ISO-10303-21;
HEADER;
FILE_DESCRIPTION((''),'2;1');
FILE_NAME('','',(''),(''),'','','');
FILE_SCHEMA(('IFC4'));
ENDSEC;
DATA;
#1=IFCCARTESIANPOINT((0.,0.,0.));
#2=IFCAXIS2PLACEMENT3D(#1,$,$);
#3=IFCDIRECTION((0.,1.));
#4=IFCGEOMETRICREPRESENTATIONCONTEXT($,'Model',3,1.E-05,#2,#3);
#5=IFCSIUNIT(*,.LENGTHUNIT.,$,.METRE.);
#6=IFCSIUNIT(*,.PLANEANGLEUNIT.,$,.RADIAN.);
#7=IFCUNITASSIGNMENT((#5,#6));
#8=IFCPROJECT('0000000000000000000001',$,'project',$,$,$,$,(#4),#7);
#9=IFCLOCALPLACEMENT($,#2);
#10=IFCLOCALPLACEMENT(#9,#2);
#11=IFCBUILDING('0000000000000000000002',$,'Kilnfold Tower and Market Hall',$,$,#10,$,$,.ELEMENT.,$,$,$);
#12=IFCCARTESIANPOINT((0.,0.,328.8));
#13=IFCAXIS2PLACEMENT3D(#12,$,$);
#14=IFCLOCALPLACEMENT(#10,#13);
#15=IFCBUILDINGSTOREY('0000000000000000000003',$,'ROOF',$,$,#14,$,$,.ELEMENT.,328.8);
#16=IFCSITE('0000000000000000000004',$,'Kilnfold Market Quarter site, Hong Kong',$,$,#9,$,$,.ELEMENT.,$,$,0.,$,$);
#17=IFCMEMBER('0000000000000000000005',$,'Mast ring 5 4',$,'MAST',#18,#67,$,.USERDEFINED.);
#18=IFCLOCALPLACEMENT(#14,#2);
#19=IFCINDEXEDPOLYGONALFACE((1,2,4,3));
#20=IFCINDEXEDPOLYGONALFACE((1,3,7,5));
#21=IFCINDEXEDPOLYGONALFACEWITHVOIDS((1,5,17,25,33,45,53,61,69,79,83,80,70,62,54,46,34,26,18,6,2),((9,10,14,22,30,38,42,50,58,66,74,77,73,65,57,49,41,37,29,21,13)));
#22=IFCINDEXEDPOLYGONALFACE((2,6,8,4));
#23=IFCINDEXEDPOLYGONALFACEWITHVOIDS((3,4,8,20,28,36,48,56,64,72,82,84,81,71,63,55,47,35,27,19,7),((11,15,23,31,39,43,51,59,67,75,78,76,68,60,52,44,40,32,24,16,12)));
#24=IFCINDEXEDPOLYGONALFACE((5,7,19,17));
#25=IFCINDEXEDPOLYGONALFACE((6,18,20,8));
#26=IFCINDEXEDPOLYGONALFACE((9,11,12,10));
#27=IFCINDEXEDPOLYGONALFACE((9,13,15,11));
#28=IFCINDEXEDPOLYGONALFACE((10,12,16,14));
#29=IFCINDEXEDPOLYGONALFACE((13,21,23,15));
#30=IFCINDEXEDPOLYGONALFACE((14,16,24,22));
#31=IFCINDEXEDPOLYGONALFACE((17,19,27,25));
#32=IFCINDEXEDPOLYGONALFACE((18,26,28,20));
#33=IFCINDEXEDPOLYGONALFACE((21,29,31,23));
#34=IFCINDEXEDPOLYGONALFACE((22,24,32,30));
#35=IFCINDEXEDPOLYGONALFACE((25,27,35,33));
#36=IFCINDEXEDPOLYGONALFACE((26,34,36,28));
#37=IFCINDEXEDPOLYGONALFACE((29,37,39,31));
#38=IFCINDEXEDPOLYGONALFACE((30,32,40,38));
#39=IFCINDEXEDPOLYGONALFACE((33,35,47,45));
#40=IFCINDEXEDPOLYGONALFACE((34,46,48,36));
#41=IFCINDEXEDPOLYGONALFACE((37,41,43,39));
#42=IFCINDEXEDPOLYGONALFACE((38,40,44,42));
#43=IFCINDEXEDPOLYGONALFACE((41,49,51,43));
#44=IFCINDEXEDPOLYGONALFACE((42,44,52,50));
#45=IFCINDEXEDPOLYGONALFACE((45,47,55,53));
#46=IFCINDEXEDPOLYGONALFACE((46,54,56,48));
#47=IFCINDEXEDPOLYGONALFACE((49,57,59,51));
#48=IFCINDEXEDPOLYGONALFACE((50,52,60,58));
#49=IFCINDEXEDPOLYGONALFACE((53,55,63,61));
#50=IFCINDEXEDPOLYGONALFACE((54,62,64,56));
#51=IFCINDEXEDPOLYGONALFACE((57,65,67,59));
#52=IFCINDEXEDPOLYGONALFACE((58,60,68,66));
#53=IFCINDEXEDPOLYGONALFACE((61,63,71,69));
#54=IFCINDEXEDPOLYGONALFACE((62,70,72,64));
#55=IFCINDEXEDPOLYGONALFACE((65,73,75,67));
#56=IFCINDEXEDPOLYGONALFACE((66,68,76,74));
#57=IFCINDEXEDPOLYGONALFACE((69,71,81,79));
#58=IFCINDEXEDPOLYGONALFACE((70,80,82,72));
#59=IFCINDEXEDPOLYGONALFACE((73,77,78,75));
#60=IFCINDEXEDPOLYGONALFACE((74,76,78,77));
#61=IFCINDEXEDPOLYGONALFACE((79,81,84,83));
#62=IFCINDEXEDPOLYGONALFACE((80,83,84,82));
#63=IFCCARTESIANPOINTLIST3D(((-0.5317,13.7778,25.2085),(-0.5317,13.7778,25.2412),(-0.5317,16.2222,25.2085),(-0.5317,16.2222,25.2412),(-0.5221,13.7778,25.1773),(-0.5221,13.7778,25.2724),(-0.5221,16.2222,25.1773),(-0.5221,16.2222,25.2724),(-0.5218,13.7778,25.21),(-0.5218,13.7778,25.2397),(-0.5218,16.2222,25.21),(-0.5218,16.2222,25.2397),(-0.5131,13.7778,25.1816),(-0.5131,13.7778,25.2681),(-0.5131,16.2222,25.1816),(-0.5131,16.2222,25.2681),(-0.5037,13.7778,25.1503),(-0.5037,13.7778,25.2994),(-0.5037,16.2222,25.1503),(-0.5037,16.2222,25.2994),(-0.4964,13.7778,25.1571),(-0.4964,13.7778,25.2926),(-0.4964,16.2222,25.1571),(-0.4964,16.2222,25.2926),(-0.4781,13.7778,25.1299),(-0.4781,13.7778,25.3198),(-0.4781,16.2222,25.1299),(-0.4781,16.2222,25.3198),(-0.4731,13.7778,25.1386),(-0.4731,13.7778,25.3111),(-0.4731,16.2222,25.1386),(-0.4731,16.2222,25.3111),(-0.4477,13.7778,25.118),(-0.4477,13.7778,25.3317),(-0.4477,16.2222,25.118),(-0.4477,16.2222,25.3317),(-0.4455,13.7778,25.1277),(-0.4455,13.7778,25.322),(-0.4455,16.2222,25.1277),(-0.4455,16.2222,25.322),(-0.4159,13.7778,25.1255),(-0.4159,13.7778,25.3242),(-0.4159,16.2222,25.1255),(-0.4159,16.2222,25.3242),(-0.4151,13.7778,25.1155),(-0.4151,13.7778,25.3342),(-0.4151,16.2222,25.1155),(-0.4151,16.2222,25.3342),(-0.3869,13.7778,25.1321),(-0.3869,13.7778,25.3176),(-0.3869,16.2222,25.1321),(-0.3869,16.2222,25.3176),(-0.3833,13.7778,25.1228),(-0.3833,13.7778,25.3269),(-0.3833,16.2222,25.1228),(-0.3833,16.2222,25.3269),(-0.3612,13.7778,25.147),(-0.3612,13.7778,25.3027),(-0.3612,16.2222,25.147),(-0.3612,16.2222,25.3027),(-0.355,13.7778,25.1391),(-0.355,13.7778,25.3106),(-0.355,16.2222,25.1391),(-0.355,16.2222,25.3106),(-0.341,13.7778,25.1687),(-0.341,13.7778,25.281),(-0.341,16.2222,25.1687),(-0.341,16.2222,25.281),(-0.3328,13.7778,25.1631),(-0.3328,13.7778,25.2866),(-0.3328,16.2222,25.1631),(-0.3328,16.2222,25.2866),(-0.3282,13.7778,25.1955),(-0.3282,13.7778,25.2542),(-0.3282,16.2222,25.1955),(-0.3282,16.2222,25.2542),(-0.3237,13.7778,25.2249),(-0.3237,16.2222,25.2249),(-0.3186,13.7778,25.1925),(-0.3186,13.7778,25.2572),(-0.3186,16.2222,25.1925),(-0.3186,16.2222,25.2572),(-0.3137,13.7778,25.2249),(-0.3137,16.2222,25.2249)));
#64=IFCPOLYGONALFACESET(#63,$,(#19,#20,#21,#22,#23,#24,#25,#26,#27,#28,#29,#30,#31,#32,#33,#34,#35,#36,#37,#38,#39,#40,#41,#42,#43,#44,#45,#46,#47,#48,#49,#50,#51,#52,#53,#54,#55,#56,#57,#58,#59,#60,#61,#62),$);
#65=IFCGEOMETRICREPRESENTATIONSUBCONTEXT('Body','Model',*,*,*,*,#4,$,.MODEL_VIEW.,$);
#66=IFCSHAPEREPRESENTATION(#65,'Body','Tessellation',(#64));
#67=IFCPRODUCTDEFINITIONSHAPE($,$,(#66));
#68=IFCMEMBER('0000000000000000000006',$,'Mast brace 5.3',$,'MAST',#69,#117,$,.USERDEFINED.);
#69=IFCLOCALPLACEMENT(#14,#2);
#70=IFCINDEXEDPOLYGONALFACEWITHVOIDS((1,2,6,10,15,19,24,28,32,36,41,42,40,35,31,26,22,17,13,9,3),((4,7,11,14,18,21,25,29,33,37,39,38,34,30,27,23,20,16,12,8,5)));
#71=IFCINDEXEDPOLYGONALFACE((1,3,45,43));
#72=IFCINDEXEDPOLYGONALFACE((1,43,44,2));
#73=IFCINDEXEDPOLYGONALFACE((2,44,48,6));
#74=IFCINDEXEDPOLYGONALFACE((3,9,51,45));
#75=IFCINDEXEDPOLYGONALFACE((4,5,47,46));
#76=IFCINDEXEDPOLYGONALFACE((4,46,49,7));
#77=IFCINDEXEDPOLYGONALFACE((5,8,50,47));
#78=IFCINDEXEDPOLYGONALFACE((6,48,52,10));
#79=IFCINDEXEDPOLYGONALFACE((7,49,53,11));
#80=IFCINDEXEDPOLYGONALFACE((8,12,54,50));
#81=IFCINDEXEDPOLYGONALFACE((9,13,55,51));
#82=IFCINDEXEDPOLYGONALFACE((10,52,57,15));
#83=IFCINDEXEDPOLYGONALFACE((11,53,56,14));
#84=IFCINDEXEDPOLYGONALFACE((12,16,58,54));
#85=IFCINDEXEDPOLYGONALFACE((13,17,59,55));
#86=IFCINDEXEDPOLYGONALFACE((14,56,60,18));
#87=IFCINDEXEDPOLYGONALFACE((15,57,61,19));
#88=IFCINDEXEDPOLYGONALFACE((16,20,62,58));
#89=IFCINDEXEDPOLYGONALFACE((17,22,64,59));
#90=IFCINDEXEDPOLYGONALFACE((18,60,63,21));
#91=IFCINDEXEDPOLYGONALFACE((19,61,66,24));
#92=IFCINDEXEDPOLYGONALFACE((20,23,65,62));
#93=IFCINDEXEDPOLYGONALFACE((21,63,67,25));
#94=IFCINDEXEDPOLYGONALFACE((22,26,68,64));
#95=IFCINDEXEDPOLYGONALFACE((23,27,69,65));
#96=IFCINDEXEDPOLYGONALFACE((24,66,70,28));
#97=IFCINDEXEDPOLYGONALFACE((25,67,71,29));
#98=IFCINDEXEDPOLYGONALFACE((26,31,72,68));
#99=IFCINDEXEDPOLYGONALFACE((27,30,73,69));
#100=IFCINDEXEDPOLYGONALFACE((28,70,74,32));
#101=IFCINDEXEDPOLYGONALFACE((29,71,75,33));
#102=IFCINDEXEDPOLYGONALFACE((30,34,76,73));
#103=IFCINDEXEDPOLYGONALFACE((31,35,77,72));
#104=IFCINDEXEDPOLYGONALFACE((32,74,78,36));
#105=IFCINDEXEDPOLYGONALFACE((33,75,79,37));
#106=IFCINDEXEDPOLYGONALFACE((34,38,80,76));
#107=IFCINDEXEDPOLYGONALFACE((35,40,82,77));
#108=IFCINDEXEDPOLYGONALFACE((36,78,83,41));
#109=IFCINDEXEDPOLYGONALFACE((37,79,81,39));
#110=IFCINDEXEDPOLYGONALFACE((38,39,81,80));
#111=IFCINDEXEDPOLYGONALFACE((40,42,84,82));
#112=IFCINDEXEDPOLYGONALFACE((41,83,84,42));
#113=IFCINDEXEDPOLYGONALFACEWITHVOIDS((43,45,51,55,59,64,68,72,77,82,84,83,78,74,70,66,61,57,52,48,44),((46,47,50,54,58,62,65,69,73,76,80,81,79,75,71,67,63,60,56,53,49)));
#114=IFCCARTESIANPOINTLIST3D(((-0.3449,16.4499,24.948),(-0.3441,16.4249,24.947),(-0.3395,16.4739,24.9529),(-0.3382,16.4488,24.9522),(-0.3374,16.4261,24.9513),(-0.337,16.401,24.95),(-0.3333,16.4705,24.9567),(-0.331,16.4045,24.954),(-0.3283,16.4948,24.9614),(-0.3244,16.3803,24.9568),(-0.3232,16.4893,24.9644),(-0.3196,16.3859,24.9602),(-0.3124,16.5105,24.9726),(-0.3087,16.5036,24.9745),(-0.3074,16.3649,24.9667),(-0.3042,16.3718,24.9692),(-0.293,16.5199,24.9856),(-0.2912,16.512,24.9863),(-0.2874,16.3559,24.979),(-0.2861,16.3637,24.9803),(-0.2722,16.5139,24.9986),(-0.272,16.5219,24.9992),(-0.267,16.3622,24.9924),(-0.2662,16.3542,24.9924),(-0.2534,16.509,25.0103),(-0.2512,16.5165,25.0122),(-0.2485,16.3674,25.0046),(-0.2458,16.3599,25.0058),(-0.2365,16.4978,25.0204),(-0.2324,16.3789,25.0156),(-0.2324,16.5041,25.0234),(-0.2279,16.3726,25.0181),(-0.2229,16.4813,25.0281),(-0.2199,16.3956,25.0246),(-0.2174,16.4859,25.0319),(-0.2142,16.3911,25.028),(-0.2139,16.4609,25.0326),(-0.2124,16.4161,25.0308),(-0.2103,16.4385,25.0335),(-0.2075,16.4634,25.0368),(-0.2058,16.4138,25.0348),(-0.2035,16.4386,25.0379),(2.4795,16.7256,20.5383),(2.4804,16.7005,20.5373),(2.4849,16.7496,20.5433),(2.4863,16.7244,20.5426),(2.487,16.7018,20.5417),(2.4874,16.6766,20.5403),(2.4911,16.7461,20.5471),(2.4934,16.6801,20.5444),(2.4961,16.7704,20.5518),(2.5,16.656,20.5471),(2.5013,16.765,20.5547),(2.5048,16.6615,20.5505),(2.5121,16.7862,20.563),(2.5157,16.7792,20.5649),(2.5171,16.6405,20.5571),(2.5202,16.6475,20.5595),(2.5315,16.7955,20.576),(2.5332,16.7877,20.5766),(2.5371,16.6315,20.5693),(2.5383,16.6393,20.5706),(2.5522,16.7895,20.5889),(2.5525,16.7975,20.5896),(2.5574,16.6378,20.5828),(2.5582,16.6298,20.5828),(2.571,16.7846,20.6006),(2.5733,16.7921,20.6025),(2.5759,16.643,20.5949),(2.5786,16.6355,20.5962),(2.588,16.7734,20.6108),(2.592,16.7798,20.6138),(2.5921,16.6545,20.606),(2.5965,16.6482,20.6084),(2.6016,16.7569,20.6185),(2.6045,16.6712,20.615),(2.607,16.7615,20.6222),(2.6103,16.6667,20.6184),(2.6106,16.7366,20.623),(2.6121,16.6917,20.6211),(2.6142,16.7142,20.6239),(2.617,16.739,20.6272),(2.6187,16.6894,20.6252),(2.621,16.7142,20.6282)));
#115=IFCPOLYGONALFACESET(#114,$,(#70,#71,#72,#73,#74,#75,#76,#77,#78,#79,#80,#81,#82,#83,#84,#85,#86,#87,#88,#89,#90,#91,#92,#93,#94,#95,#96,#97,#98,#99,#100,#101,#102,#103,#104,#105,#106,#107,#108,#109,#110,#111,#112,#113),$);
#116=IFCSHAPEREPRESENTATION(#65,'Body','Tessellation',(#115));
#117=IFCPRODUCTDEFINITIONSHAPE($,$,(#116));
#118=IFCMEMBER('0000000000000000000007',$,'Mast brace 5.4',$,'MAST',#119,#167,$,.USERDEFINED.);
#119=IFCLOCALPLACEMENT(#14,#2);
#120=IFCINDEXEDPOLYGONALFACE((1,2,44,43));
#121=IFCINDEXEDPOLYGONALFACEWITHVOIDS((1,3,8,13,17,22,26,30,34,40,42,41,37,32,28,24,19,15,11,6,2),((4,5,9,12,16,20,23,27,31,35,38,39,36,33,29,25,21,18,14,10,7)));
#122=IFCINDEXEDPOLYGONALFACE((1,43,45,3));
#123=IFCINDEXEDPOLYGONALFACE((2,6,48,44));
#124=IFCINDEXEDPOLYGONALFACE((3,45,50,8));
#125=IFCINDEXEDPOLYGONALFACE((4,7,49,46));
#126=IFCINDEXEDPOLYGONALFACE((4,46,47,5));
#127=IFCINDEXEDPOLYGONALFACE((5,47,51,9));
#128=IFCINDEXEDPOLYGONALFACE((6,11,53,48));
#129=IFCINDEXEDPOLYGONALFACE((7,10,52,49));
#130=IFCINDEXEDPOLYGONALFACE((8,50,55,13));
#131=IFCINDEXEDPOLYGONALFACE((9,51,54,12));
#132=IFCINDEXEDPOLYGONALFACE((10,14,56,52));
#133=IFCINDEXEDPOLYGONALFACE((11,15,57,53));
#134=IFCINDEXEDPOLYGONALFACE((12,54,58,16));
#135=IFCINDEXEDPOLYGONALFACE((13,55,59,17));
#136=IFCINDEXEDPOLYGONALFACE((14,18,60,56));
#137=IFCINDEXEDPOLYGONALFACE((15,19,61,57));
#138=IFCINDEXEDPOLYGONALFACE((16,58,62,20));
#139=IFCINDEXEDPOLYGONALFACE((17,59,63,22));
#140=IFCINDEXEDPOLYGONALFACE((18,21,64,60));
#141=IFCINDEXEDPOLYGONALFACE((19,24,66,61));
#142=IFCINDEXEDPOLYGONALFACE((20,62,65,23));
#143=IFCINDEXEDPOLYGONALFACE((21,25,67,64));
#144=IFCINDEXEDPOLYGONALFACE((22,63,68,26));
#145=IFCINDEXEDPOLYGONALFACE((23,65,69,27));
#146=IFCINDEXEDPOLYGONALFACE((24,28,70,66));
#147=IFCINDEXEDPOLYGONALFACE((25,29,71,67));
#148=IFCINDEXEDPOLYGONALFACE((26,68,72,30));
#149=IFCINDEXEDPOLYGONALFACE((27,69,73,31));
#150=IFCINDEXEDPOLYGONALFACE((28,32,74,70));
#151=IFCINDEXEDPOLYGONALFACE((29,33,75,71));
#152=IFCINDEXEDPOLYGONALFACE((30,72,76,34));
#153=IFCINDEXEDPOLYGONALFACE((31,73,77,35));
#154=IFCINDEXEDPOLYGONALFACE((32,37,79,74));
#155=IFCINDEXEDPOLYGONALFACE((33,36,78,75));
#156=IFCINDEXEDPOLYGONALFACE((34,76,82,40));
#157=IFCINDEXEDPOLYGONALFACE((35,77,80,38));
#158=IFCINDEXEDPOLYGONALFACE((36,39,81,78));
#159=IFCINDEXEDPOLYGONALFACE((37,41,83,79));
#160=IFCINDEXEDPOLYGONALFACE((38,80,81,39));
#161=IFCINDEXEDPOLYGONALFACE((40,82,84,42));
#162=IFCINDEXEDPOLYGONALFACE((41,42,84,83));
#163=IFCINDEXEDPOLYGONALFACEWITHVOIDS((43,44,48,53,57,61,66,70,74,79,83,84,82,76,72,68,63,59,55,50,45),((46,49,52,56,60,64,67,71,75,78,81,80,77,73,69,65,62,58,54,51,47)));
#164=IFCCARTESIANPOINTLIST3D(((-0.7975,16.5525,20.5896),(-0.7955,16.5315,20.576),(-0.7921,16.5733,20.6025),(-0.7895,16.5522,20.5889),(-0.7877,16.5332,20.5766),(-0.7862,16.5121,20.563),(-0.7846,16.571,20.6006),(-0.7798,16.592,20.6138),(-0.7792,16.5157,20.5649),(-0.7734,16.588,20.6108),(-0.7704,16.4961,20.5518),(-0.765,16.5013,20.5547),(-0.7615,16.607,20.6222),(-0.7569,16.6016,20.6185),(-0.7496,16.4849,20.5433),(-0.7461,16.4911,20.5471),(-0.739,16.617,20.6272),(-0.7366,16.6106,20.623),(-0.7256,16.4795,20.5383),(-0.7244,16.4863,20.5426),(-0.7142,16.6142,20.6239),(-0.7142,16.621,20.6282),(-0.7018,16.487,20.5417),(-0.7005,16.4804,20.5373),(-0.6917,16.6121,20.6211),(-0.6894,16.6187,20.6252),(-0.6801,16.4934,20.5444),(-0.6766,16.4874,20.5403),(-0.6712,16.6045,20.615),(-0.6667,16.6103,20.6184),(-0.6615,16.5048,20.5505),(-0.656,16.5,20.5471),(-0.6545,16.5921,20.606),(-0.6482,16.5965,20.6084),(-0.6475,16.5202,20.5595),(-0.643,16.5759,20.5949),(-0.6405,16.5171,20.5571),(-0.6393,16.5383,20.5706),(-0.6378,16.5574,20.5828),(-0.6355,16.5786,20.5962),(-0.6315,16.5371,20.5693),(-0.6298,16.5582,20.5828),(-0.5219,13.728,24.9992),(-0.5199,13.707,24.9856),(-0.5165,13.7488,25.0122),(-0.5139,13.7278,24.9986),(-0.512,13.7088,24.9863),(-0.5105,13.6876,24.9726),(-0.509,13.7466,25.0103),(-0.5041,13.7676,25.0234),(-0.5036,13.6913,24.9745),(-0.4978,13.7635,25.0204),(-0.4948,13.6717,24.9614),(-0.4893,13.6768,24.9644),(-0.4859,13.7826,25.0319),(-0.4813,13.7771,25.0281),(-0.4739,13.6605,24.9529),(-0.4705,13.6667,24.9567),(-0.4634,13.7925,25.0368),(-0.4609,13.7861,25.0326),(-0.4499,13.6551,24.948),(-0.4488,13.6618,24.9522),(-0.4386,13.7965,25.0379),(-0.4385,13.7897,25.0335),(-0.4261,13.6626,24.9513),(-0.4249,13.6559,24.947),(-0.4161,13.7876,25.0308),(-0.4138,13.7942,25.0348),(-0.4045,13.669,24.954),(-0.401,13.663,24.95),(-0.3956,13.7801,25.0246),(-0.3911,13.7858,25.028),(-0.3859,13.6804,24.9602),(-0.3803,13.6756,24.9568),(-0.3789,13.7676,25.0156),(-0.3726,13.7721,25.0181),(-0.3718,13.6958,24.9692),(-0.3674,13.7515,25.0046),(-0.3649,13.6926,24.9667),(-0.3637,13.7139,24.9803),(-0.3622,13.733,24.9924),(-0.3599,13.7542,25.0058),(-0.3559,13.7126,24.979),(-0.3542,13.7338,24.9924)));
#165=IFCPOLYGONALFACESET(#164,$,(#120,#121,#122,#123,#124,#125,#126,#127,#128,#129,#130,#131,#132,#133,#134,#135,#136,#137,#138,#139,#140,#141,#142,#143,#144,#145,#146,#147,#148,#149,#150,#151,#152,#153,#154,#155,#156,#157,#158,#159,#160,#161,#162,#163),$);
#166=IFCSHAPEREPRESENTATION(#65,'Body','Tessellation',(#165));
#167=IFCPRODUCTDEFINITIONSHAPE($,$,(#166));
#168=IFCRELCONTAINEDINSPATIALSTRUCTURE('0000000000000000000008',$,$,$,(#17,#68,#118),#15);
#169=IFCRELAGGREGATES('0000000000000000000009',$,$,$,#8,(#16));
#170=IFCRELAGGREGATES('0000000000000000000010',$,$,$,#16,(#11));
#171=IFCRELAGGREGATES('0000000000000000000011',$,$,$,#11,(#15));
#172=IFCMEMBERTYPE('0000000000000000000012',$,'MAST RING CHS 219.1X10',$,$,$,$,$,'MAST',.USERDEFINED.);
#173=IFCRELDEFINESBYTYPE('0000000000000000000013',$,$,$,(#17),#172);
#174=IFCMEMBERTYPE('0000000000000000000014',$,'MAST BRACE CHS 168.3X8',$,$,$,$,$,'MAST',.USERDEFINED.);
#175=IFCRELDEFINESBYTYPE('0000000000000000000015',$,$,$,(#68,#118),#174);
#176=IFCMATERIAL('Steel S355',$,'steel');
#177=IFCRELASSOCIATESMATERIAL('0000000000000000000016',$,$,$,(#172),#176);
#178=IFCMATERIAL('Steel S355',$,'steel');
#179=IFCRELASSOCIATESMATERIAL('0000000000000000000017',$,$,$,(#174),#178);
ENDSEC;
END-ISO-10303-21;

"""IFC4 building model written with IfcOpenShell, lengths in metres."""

from ifc_helpers import new_model, si_unit, direction, frame, origin, origin_2d, place, context, subcontext, project, spatial, hollow_circle, extrude, source, transform, mapped, material, material_profile, profile_set, type_object, element, save


model = new_model("IFC4")

# Units and contexts
model_context = context("Model", 3, precision=1e-05, world=origin(), true_north=direction((0.0, 1.0)))
body_context = subcontext(model_context, "Body", "Model", "MODEL_VIEW")
ifc_project = project(units=[si_unit("LENGTHUNIT", "METRE"), si_unit("PLANEANGLEUNIT", "RADIAN")], contexts=[model_context])

# Site, building, storey
site_placement = place(None, origin())
site = spatial("IfcSite", under=ifc_project, at=site_placement, Name="Kilnfold Market Quarter site, Hong Kong", CompositionType="ELEMENT", RefElevation=0.0)
building_placement = place(site_placement, origin())
building = spatial("IfcBuilding", under=site, at=building_placement, Name="Kilnfold Tower and Market Hall", CompositionType="ELEMENT")
storey_placement = place(building_placement, frame((0.0, 0.0, 328.8)))
storey = spatial("IfcBuildingStorey", under=building, at=storey_placement, Name="ROOF", CompositionType="ELEMENT", Elevation=328.8)

# Members
ifc_material_1 = material(Name="Steel S355", Category="steel")
ifc_material_profile_1 = material_profile(ifc_material_1, hollow_circle(Radius=0.1096, WallThickness=0.01, at=origin_2d()), Name="CHS 219.1x10")
ifc_profile_set_1 = profile_set([ifc_material_profile_1], Name="Steel S355")
member_type_1 = type_object("IfcMemberType", Name="MAST RING CHS 219.1X10", ElementType="MAST", PredefinedType="USERDEFINED", material=ifc_profile_set_1)
shared_shape_1 = source(origin(), body_context, "Body", "SweptSolid", [
    extrude(hollow_circle(Radius=0.1096, WallThickness=0.01, at=origin_2d()), origin(), (0.0, 0.0, 1.0), 2.4443),
])
for number, where, z_axis, x_axis, name in (
    (1, (-0.4233, 16.2222, 25.2249), (0.0, -1.0, 0.0), (1.0, 0.0, 0.0), "Mast ring 5 4"),
):
    element("IfcMember", number, at=place(storey_placement, frame(where, z_axis=z_axis, x_axis=x_axis)), inside=storey, type_object=member_type_1, Name=name, ObjectType="MAST", PredefinedType="USERDEFINED", context=body_context, shape_type="MappedRepresentation", body=[
        mapped(shared_shape_1, transform((0.0, 0.0, 0.0))),
    ])
ifc_material_2 = material(Name="Steel S355", Category="steel")
ifc_material_profile_2 = material_profile(ifc_material_2, hollow_circle(Radius=0.0842, WallThickness=0.0081, at=origin_2d()), Name="CHS 168.3x8")
ifc_profile_set_2 = profile_set([ifc_material_profile_2], Name="Steel S355")
member_type_2 = type_object("IfcMemberType", Name="MAST BRACE CHS 168.3X8", ElementType="MAST", PredefinedType="USERDEFINED", material=ifc_profile_set_2)
shared_shape_2 = source(origin(), body_context, "Body", "SweptSolid", [
    extrude(hollow_circle(Radius=0.0842, WallThickness=0.0081, at=origin_2d()), origin(), (0.0, 0.0, 1.0), 5.2439),
])
for number, where, z_axis, x_axis, name in (
    (2, (2.55, 16.7136, 20.5828), (-0.538616, -0.052563, 0.84091), (0.097127, -0.995272, 0.0), "Mast brace 5.3"),
    (3, (-0.7136, 16.55, 20.5828), (0.052563, -0.538616, 0.84091), (0.995272, 0.097127, 0.0), "Mast brace 5.4"),
):
    element("IfcMember", number, at=place(storey_placement, frame(where, z_axis=z_axis, x_axis=x_axis)), inside=storey, type_object=member_type_2, Name=name, ObjectType="MAST", PredefinedType="USERDEFINED", context=body_context, shape_type="MappedRepresentation", body=[
        mapped(shared_shape_2, transform((0.0, 0.0, 0.0))),
    ])

save(model, "model.ifc")
